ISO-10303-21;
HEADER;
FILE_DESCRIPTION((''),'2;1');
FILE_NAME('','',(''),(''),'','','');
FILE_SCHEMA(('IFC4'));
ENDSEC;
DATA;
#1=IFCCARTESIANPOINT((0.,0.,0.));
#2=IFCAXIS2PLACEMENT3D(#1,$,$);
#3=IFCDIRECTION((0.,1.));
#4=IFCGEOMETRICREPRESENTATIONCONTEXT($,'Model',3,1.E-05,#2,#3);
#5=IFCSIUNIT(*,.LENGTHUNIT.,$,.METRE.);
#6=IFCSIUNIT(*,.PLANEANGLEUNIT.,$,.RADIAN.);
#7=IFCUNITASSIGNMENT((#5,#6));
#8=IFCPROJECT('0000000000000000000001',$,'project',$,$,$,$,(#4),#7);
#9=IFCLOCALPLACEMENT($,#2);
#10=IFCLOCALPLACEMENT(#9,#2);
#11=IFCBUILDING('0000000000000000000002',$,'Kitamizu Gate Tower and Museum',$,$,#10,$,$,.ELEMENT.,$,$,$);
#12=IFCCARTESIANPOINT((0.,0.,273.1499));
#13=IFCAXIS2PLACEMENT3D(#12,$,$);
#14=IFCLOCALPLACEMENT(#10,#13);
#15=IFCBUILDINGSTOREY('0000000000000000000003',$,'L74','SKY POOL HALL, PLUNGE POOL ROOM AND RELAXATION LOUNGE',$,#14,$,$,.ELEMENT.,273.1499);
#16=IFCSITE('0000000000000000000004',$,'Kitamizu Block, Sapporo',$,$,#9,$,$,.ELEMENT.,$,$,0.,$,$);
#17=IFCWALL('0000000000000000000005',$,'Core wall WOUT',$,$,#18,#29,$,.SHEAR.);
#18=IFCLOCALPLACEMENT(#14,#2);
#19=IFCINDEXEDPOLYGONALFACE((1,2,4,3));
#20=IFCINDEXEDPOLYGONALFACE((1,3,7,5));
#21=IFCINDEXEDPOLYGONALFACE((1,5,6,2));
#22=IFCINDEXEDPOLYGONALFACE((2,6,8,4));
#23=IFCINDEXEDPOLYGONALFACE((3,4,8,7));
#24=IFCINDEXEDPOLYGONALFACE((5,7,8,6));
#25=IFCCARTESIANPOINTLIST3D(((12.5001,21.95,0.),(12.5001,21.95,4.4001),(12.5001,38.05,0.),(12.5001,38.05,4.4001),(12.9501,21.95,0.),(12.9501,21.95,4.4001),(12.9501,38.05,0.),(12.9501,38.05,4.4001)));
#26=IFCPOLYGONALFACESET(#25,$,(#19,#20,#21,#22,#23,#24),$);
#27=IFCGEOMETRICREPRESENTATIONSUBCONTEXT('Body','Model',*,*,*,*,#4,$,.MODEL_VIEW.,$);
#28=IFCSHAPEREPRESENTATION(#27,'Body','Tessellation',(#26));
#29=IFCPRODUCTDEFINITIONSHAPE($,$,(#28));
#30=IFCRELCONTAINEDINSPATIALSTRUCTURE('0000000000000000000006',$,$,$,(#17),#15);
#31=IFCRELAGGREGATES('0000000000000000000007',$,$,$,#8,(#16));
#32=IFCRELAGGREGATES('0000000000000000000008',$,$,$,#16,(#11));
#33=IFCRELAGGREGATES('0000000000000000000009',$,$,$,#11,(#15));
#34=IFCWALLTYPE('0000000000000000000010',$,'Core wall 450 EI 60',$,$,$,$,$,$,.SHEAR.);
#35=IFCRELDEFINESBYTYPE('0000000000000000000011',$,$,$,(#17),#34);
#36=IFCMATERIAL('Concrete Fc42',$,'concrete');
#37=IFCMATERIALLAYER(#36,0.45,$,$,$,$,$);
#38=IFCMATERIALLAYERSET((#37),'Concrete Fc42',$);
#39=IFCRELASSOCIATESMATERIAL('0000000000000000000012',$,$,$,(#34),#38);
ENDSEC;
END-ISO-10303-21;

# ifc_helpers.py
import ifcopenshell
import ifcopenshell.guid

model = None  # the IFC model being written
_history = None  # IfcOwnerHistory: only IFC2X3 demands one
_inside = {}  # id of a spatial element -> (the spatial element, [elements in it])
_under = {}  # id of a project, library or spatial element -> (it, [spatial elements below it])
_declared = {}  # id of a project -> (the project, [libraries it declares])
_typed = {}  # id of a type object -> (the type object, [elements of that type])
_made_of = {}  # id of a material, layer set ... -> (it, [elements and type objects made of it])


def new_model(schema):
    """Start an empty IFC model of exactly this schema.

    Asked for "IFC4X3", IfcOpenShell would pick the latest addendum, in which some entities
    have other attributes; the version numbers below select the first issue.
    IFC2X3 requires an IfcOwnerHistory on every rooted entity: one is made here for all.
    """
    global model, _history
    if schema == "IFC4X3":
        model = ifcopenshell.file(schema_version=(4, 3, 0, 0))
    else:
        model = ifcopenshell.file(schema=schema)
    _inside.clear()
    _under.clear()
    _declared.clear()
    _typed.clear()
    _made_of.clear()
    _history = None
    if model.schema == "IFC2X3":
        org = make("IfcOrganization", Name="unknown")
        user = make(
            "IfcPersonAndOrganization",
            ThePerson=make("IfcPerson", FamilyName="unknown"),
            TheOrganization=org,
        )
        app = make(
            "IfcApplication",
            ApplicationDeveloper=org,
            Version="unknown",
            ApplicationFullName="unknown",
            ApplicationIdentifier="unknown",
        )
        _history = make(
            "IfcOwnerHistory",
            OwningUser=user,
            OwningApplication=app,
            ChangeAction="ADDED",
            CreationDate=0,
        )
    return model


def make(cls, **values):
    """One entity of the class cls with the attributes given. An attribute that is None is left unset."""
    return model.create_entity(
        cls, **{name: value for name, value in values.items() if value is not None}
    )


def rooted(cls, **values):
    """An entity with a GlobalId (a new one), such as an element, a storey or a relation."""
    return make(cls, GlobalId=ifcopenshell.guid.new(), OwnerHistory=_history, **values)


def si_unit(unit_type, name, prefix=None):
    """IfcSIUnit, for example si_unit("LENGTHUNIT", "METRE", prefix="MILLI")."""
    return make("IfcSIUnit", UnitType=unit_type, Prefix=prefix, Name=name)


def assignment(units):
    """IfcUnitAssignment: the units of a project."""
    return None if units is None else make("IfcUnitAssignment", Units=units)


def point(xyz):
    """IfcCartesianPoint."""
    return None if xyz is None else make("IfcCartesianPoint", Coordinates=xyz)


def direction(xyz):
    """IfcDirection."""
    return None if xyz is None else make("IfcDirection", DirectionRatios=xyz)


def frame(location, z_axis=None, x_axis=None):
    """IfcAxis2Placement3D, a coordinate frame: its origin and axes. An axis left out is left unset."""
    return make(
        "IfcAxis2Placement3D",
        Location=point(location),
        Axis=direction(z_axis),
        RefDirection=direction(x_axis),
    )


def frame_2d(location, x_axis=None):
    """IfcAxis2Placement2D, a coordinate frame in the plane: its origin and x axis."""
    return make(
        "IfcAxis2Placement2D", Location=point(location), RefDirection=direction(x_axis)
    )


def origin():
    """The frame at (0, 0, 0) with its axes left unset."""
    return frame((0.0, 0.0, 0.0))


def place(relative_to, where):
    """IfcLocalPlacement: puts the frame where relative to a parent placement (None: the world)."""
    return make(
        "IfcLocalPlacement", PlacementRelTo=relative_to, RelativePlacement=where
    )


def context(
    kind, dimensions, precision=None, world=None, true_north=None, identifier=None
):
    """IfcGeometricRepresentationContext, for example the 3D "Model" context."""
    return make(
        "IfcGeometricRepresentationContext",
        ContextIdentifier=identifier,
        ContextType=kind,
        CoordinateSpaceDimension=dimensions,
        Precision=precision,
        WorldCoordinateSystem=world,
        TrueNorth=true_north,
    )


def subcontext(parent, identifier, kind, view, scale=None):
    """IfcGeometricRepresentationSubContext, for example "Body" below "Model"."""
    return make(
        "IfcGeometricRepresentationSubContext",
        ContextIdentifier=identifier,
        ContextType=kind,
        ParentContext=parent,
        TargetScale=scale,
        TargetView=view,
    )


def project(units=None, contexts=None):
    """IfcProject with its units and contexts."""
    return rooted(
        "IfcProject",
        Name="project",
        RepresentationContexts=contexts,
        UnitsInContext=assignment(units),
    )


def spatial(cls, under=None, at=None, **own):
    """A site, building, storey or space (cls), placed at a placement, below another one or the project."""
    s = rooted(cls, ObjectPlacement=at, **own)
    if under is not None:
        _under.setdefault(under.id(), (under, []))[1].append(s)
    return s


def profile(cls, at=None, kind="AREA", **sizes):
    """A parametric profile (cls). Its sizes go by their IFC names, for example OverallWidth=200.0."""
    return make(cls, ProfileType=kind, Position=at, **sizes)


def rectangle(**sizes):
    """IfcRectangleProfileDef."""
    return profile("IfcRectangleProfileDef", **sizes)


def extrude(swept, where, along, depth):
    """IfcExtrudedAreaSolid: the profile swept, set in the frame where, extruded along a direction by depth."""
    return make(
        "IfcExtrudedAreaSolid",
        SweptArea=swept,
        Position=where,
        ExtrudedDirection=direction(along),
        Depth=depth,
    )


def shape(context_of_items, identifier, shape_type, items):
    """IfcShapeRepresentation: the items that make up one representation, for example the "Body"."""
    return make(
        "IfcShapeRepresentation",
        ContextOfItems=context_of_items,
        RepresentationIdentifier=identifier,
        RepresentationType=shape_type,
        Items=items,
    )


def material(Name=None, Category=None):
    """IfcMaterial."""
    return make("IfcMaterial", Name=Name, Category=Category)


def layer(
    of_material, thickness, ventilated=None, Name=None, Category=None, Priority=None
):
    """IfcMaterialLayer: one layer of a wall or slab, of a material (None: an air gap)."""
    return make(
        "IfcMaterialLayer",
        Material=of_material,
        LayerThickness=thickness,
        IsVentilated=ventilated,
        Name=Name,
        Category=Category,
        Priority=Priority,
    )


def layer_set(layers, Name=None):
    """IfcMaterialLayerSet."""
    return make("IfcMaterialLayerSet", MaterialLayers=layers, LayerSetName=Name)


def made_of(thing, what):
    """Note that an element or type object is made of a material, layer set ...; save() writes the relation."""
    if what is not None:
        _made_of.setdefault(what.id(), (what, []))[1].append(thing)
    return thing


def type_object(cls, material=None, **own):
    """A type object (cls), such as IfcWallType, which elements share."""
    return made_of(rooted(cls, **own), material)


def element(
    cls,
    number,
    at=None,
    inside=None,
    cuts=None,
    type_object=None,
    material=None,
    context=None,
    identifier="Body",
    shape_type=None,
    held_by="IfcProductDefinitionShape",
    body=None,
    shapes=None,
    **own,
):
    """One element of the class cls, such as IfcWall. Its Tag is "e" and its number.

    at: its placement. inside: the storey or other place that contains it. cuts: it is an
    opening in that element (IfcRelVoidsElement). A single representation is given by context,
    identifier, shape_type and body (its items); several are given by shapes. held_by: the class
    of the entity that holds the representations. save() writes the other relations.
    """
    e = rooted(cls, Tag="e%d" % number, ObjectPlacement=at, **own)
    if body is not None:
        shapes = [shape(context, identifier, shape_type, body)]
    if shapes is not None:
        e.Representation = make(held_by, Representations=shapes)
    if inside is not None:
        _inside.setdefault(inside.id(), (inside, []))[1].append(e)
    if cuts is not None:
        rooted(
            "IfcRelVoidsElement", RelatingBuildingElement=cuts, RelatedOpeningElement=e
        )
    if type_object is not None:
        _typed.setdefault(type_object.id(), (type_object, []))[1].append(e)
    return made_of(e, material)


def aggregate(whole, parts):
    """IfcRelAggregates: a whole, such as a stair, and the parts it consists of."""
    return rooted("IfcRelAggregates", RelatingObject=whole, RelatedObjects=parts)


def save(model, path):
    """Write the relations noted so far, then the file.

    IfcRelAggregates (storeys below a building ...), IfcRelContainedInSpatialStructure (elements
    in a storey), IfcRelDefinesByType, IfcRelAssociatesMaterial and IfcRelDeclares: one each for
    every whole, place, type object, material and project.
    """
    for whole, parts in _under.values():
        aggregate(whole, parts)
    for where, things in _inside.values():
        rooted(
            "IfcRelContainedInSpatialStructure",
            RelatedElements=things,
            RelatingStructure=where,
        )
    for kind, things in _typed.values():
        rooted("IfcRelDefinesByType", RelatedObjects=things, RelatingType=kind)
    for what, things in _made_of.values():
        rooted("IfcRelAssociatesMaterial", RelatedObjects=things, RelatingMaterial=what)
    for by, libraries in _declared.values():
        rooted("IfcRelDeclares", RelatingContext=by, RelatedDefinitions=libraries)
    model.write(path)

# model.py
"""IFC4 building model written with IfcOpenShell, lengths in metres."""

from ifc_helpers import new_model, si_unit, direction, frame, frame_2d, origin, place, context, subcontext, project, spatial, rectangle, extrude, material, layer, layer_set, type_object, element, save


model = new_model("IFC4")

# Units and contexts
model_context = context("Model", 3, precision=1e-05, world=origin(), true_north=direction((0.0, 1.0)))
body_context = subcontext(model_context, "Body", "Model", "MODEL_VIEW")
ifc_project = project(units=[si_unit("LENGTHUNIT", "METRE"), si_unit("PLANEANGLEUNIT", "RADIAN")], contexts=[model_context])

# Site, building, storey
site_placement = place(None, origin())
site = spatial("IfcSite", under=ifc_project, at=site_placement, Name="Kitamizu Block, Sapporo", CompositionType="ELEMENT", RefElevation=0.0)
building_placement = place(site_placement, origin())
building = spatial("IfcBuilding", under=site, at=building_placement, Name="Kitamizu Gate Tower and Museum", CompositionType="ELEMENT")
storey_placement = place(building_placement, frame((0.0, 0.0, 273.1499)))
storey = spatial("IfcBuildingStorey", under=building, at=storey_placement, Name="L74", Description="SKY POOL HALL, PLUNGE POOL ROOM AND RELAXATION LOUNGE", CompositionType="ELEMENT", Elevation=273.1499)

# Shared definitions
ifc_material_1 = material(Name="Concrete Fc42", Category="concrete")
ifc_layer_1 = layer(ifc_material_1, 0.45)
ifc_layer_set_1 = layer_set([ifc_layer_1], Name="Concrete Fc42")
wall_type = type_object("IfcWallType", Name="Core wall 450 EI 60", PredefinedType="SHEAR", material=ifc_layer_set_1)

# Wall
wall_1_placement = place(storey_placement, frame((12.7251, 21.95, 0.0), z_axis=(0.0, 0.0, 1.0), x_axis=(0.0, 1.0, 0.0)))
element("IfcWall", 1, at=wall_1_placement, inside=storey, type_object=wall_type, Name="Core wall WOUT", PredefinedType="SHEAR", context=body_context, shape_type="SweptSolid", body=[
    extrude(rectangle(XDim=16.1001, YDim=0.45, at=frame_2d((8.05, 0.0))), origin(), (0.0, 0.0, 1.0), 4.4001),
])

save(model, "model.ifc")
